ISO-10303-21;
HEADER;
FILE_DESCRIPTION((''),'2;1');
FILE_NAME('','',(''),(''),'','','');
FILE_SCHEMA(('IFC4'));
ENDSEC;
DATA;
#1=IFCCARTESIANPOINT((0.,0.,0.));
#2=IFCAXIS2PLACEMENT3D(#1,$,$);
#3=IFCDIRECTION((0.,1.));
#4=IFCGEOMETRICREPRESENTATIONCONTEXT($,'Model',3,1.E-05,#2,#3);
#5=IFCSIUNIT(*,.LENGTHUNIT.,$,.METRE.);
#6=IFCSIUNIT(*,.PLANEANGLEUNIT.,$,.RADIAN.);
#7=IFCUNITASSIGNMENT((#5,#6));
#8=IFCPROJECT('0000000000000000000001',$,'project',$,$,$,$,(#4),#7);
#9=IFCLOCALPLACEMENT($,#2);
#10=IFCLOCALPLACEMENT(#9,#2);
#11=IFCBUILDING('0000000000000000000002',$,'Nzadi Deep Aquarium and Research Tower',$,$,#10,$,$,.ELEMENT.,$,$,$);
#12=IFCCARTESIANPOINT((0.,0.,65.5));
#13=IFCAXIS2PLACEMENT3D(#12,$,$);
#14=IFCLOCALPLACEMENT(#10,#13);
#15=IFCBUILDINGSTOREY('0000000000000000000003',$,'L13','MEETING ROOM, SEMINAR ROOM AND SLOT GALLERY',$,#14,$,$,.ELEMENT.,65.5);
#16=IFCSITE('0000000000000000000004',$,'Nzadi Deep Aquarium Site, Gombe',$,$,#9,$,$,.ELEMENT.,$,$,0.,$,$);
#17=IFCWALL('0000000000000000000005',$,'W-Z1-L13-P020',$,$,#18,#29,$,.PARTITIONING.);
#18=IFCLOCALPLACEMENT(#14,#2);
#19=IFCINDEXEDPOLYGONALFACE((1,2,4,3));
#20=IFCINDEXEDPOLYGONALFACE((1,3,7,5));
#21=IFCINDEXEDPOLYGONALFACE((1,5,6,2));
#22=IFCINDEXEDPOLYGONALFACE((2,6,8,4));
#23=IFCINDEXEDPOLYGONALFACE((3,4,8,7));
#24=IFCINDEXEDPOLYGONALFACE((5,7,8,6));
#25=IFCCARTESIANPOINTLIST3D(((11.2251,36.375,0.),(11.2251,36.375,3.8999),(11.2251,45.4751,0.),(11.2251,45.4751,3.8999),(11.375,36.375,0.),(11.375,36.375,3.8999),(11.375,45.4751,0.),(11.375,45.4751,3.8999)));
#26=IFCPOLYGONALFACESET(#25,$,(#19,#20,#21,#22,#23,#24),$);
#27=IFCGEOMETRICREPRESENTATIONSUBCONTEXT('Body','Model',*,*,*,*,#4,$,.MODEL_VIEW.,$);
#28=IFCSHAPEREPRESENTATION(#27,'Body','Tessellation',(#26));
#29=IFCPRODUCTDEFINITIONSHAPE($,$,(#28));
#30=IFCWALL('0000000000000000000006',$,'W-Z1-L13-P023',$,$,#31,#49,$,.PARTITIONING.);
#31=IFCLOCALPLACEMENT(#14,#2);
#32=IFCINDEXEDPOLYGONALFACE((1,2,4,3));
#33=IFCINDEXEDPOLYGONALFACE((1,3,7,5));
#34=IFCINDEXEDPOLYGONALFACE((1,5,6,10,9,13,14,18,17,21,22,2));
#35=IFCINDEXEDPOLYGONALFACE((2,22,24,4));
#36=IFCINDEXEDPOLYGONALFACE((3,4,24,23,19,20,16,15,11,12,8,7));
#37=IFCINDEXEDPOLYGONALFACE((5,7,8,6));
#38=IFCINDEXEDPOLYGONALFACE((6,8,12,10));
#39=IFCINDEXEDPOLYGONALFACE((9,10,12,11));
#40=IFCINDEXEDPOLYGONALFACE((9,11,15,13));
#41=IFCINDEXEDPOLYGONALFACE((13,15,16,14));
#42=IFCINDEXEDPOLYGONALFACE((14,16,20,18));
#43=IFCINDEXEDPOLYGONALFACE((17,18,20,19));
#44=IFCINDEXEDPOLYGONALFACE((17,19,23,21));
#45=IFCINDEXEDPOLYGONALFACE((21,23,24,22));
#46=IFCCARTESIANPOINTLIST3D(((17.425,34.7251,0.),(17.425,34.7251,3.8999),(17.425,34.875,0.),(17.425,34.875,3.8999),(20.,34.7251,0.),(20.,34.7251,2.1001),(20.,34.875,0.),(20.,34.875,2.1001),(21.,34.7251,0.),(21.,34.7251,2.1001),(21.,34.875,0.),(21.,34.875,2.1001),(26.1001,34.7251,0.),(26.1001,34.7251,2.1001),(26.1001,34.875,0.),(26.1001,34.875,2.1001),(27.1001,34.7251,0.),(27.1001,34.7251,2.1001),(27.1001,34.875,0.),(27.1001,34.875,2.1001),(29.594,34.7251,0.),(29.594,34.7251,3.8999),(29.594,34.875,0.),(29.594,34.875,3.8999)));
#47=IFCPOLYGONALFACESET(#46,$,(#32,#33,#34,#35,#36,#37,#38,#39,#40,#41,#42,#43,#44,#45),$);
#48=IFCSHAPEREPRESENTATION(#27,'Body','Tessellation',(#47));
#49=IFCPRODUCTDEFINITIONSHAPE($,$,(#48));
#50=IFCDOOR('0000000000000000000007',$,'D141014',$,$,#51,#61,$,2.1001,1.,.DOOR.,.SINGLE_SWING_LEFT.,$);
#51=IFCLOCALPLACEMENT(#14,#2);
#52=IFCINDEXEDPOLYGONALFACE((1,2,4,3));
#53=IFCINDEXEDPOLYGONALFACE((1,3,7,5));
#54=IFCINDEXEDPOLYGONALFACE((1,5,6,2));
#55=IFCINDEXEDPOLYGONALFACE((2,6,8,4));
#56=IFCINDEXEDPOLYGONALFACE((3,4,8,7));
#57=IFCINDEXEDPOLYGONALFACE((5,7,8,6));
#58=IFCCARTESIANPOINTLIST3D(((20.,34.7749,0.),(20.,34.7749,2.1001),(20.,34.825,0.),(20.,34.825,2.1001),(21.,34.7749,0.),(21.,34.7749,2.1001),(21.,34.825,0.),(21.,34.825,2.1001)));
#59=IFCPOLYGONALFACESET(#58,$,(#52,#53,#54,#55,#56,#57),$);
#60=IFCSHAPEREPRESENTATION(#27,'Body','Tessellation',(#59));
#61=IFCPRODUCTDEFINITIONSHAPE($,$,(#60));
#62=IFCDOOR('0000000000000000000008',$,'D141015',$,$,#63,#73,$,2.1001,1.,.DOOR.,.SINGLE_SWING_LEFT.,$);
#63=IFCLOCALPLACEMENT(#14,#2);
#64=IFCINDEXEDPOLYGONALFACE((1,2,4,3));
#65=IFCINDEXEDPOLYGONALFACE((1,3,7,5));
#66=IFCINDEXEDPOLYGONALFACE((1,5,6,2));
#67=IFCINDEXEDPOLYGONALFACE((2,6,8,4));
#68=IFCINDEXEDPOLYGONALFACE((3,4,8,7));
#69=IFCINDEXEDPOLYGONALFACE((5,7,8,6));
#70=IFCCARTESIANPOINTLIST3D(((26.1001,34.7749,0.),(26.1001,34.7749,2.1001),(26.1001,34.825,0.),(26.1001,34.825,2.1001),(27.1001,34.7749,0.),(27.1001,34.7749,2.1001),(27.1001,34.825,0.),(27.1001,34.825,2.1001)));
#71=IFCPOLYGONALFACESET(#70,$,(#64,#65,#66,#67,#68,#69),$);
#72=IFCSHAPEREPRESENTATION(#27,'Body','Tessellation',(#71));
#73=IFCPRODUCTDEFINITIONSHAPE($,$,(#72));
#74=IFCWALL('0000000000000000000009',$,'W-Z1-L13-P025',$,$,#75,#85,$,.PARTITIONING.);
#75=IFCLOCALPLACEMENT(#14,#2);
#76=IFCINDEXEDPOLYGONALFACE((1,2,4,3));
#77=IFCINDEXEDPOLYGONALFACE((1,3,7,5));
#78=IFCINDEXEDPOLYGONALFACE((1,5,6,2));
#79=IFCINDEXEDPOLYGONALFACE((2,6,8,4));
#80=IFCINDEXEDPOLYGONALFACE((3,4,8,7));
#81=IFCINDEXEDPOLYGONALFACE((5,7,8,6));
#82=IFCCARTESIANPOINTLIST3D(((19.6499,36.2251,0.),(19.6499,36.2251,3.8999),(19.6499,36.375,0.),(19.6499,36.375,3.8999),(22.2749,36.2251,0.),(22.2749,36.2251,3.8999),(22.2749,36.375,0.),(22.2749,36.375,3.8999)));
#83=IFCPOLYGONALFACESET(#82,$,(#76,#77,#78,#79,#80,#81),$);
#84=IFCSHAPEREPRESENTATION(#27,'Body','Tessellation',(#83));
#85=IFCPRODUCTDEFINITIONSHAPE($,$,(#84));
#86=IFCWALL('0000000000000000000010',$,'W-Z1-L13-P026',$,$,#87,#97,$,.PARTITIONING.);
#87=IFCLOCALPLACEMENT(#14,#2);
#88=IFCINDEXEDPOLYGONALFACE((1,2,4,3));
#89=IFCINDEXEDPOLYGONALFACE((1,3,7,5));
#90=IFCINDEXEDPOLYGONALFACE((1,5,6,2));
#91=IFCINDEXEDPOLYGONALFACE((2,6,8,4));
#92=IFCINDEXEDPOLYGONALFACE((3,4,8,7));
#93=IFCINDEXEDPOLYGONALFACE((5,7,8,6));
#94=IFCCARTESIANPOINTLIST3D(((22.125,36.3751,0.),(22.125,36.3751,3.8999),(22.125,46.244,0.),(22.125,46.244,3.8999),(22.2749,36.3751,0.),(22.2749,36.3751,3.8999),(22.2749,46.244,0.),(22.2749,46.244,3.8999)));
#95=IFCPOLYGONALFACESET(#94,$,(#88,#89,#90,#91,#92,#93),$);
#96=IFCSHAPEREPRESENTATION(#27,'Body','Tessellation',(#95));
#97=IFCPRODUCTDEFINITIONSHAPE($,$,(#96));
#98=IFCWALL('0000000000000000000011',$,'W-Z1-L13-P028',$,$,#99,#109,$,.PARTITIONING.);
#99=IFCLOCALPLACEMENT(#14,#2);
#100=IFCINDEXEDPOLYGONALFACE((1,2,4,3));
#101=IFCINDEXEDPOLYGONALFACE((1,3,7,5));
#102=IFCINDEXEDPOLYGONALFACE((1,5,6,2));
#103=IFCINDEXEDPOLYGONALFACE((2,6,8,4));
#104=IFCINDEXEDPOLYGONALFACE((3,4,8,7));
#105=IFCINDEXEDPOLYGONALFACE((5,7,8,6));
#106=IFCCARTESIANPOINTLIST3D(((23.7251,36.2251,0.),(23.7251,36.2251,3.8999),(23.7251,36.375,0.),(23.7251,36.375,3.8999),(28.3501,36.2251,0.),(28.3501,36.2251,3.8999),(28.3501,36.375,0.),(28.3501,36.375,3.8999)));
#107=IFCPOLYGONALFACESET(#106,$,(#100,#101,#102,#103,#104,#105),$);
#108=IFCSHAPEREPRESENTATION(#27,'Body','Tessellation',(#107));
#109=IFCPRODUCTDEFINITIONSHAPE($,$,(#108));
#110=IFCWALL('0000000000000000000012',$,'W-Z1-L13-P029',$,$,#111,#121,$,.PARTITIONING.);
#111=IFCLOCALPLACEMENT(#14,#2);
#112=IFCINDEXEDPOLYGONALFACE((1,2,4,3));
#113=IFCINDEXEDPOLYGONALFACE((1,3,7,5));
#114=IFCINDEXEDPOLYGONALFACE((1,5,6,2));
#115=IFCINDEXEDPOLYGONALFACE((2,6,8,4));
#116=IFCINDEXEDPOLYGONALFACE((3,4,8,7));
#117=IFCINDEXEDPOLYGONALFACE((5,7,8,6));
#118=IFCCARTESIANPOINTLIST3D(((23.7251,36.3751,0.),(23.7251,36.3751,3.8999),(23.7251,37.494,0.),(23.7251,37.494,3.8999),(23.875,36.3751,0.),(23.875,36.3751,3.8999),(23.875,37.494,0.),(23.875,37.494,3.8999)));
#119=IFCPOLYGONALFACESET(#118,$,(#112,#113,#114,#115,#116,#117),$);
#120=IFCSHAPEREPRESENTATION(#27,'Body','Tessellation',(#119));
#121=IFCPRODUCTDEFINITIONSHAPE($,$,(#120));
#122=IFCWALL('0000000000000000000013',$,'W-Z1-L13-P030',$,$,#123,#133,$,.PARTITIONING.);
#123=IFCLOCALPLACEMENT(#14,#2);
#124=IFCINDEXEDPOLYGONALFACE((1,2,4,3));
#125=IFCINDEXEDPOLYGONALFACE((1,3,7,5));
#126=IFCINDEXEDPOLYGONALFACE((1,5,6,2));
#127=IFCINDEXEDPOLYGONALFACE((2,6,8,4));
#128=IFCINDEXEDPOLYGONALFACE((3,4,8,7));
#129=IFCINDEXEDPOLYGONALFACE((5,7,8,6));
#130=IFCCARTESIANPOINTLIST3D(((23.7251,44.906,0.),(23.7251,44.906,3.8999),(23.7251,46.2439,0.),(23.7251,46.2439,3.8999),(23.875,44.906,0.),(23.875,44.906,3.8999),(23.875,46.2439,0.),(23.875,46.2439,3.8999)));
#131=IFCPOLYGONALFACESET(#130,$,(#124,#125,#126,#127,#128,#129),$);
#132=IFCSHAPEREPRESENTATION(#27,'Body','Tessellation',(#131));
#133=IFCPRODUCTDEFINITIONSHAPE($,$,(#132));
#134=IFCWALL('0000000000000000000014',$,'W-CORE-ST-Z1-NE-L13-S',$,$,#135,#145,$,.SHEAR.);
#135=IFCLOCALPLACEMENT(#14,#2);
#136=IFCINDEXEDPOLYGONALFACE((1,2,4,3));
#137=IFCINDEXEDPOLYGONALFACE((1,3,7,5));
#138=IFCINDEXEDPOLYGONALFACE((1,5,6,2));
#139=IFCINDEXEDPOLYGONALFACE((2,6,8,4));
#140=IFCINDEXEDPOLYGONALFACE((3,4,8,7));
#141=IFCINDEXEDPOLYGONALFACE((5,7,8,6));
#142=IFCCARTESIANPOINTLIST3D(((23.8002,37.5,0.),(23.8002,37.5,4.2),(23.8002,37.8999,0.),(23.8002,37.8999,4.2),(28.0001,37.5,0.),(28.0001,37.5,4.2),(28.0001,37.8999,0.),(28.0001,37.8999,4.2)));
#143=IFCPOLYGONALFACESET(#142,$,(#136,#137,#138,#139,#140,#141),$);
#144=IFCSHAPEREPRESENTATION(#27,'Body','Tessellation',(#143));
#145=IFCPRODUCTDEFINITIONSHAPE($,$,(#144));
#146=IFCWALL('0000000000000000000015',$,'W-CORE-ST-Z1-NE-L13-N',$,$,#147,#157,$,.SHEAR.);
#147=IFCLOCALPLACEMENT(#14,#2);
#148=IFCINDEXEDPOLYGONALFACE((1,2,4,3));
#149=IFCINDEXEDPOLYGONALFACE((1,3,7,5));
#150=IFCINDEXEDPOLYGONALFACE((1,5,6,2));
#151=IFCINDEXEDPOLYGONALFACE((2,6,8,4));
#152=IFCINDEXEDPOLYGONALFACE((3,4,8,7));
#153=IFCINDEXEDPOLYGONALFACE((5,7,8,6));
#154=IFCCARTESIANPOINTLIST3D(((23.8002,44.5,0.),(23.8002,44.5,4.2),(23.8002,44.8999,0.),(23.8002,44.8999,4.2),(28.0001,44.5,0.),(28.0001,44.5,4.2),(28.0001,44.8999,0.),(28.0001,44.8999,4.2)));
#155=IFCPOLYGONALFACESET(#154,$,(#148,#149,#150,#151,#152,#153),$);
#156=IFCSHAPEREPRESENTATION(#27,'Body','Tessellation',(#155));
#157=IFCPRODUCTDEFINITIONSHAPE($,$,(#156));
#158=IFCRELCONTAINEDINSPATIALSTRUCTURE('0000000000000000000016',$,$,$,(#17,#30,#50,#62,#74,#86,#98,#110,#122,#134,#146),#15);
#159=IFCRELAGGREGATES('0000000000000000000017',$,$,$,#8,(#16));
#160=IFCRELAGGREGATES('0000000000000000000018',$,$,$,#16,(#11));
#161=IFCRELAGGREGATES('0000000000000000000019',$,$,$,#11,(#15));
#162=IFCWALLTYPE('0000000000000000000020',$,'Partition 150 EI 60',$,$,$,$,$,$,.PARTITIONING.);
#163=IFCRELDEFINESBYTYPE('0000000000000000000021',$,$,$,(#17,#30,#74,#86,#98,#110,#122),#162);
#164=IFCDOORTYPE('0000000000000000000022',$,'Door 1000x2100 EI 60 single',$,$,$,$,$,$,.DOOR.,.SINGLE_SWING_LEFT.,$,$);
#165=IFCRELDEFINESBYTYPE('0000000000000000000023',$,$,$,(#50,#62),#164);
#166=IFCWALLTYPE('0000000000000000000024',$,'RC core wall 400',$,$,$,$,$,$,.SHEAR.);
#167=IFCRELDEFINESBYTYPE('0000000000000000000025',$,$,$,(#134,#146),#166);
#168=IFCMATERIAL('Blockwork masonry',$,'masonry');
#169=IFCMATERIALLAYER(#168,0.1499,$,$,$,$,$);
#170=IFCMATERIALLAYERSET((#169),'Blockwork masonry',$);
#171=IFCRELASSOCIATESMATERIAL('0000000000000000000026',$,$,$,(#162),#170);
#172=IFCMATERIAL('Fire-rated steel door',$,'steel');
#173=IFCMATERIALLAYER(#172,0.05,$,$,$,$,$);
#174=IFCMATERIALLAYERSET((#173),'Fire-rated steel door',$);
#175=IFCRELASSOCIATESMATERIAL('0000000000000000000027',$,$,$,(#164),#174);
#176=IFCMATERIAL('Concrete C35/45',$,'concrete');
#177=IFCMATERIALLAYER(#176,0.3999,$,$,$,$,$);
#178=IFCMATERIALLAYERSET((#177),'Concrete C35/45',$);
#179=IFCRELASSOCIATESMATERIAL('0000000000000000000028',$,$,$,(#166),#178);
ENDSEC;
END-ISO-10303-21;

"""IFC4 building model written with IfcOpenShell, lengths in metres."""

from ifc_helpers import new_model, si_unit, direction, frame, frame_2d, origin, place, context, subcontext, project, spatial, rectangle, extrude, material, layer, layer_set, type_object, element, fill, save


model = new_model("IFC4")

# Units and contexts
model_context = context("Model", 3, precision=1e-05, world=origin(), true_north=direction((0.0, 1.0)))
body_context = subcontext(model_context, "Body", "Model", "MODEL_VIEW")
ifc_project = project(units=[si_unit("LENGTHUNIT", "METRE"), si_unit("PLANEANGLEUNIT", "RADIAN")], contexts=[model_context])

# Site, building, storey
site_placement = place(None, origin())
site = spatial("IfcSite", under=ifc_project, at=site_placement, Name="Nzadi Deep Aquarium Site, Gombe", CompositionType="ELEMENT", RefElevation=0.0)
building_placement = place(site_placement, origin())
building = spatial("IfcBuilding", under=site, at=building_placement, Name="Nzadi Deep Aquarium and Research Tower", CompositionType="ELEMENT")
storey_placement = place(building_placement, frame((0.0, 0.0, 65.5)))
storey = spatial("IfcBuildingStorey", under=building, at=storey_placement, Name="L13", Description="MEETING ROOM, SEMINAR ROOM AND SLOT GALLERY", CompositionType="ELEMENT", Elevation=65.5)

# Shared definitions
ifc_material_1 = material(Name="Blockwork masonry", Category="masonry")
ifc_layer_1 = layer(ifc_material_1, 0.1499)
ifc_layer_set_1 = layer_set([ifc_layer_1], Name="Blockwork masonry")
wall_type_1 = type_object("IfcWallType", Name="Partition 150 EI 60", PredefinedType="PARTITIONING", material=ifc_layer_set_1)

# Wall
wall_1_placement = place(storey_placement, frame((11.3, 36.375, 0.0), z_axis=(0.0, 0.0, 1.0), x_axis=(0.0, 1.0, 0.0)))
element("IfcWall", 1, at=wall_1_placement, inside=storey, type_object=wall_type_1, Name="W-Z1-L13-P020", PredefinedType="PARTITIONING", context=body_context, shape_type="SweptSolid", body=[
    extrude(rectangle(XDim=9.1001, YDim=0.1499, at=frame_2d((4.55, 0.0))), origin(), (0.0, 0.0, 1.0), 3.8999),
])

# Wall, openings, doors
wall_2_placement = place(storey_placement, frame((17.425, 34.8, 0.0), z_axis=(0.0, 0.0, 1.0), x_axis=(1.0, 0.0, 0.0)))
wall_2 = element("IfcWall", 2, at=wall_2_placement, inside=storey, type_object=wall_type_1, Name="W-Z1-L13-P023", PredefinedType="PARTITIONING", context=body_context, shape_type="SweptSolid", body=[
    extrude(rectangle(XDim=12.1689, YDim=0.1499, at=frame_2d((6.0845, 0.0))), origin(), (0.0, 0.0, 1.0), 3.8999),
])
opening_1_placement = place(wall_2_placement, frame((2.575, 0.0, 0.0)))
opening_1 = element("IfcOpeningElement", 3, at=opening_1_placement, cuts=wall_2, PredefinedType="OPENING", context=body_context, shape_type="SweptSolid", body=[
    extrude(rectangle(XDim=1.0, YDim=2.1001, at=frame_2d((0.5, 1.05))), frame((0.0, 0.085, 0.0), z_axis=(0.0, -1.0, 0.0), x_axis=(1.0, 0.0, 0.0)), (0.0, 0.0, 1.0), 0.1699),
])
opening_2_placement = place(wall_2_placement, frame((8.675, 0.0, 0.0)))
opening_2 = element("IfcOpeningElement", 4, at=opening_2_placement, cuts=wall_2, PredefinedType="OPENING", context=body_context, shape_type="SweptSolid", body=[
    extrude(rectangle(XDim=1.0, YDim=2.1001, at=frame_2d((0.5, 1.05))), frame((0.0, 0.085, 0.0), z_axis=(0.0, -1.0, 0.0), x_axis=(1.0, 0.0, 0.0)), (0.0, 0.0, 1.0), 0.1699),
])
ifc_material_2 = material(Name="Fire-rated steel door", Category="steel")
ifc_layer_2 = layer(ifc_material_2, 0.05)
ifc_layer_set_2 = layer_set([ifc_layer_2], Name="Fire-rated steel door")
door_type_1 = type_object("IfcDoorType", Name="Door 1000x2100 EI 60 single", OperationType="SINGLE_SWING_LEFT", PredefinedType="DOOR", material=ifc_layer_set_2)
door_1_placement = place(opening_1_placement, origin())
door_1 = element("IfcDoor", 5, at=door_1_placement, inside=storey, type_object=door_type_1, Name="D141014", OperationType="SINGLE_SWING_LEFT", OverallHeight=2.1001, OverallWidth=1.0, PredefinedType="DOOR", context=body_context, shape_type="SweptSolid", body=[
    extrude(rectangle(XDim=1.0, YDim=2.1001, at=frame_2d((0.5, 1.05))), frame((0.0, 0.0249, 0.0), z_axis=(0.0, -1.0, 0.0), x_axis=(1.0, 0.0, 0.0)), (0.0, 0.0, 1.0), 0.05),
])
fill(opening_1, door_1)
door_2_placement = place(opening_2_placement, origin())
door_2 = element("IfcDoor", 6, at=door_2_placement, inside=storey, type_object=door_type_1, Name="D141015", OperationType="SINGLE_SWING_LEFT", OverallHeight=2.1001, OverallWidth=1.0, PredefinedType="DOOR", context=body_context, shape_type="SweptSolid", body=[
    extrude(rectangle(XDim=1.0, YDim=2.1001, at=frame_2d((0.5, 1.05))), frame((0.0, 0.0249, 0.0), z_axis=(0.0, -1.0, 0.0), x_axis=(1.0, 0.0, 0.0)), (0.0, 0.0, 1.0), 0.05),
])
fill(opening_2, door_2)

# Walls
wall_3_placement = place(storey_placement, frame((19.6499, 36.3, 0.0), z_axis=(0.0, 0.0, 1.0), x_axis=(1.0, 0.0, 0.0)))
element("IfcWall", 7, at=wall_3_placement, inside=storey, type_object=wall_type_1, Name="W-Z1-L13-P025", PredefinedType="PARTITIONING", context=body_context, shape_type="SweptSolid", body=[
    extrude(rectangle(XDim=2.625, YDim=0.1499, at=frame_2d((1.3125, 0.0))), origin(), (0.0, 0.0, 1.0), 3.8999),
])
wall_4_placement = place(storey_placement, frame((22.2, 36.375, 0.0), z_axis=(0.0, 0.0, 1.0), x_axis=(0.0, 1.0, 0.0)))
element("IfcWall", 8, at=wall_4_placement, inside=storey, type_object=wall_type_1, Name="W-Z1-L13-P026", PredefinedType="PARTITIONING", context=body_context, shape_type="SweptSolid", body=[
    extrude(rectangle(XDim=9.8689, YDim=0.1499, at=frame_2d((4.9346, 0.0))), origin(), (0.0, 0.0, 1.0), 3.8999),
])
wall_5_placement = place(storey_placement, frame((23.7251, 36.3, 0.0), z_axis=(0.0, 0.0, 1.0), x_axis=(1.0, 0.0, 0.0)))
element("IfcWall", 9, at=wall_5_placement, inside=storey, type_object=wall_type_1, Name="W-Z1-L13-P028", PredefinedType="PARTITIONING", context=body_context, shape_type="SweptSolid", body=[
    extrude(rectangle(XDim=4.625, YDim=0.1499, at=frame_2d((2.3125, 0.0))), origin(), (0.0, 0.0, 1.0), 3.8999),
])
wall_6_placement = place(storey_placement, frame((23.8, 36.375, 0.0), z_axis=(0.0, 0.0, 1.0), x_axis=(0.0, 1.0, 0.0)))
element("IfcWall", 10, at=wall_6_placement, inside=storey, type_object=wall_type_1, Name="W-Z1-L13-P029", PredefinedType="PARTITIONING", context=body_context, shape_type="SweptSolid", body=[
    extrude(rectangle(XDim=1.1189, YDim=0.1499, at=frame_2d((0.5596, 0.0))), origin(), (0.0, 0.0, 1.0), 3.8999),
])
wall_7_placement = place(storey_placement, frame((23.8, 44.906, 0.0), z_axis=(0.0, 0.0, 1.0), x_axis=(0.0, 1.0, 0.0)))
element("IfcWall", 11, at=wall_7_placement, inside=storey, type_object=wall_type_1, Name="W-Z1-L13-P030", PredefinedType="PARTITIONING", context=body_context, shape_type="SweptSolid", body=[
    extrude(rectangle(XDim=1.3379, YDim=0.1499, at=frame_2d((0.6689, 0.0))), origin(), (0.0, 0.0, 1.0), 3.8999),
])
ifc_material_3 = material(Name="Concrete C35/45", Category="concrete")
ifc_layer_3 = layer(ifc_material_3, 0.3999)
ifc_layer_set_3 = layer_set([ifc_layer_3], Name="Concrete C35/45")
wall_type_2 = type_object("IfcWallType", Name="RC core wall 400", PredefinedType="SHEAR", material=ifc_layer_set_3)
for number, where, z_axis, x_axis, name in (
    (12, (23.8, 37.7, 0.0), (0.0, 0.0, 1.0), (1.0, 0.0, 0.0), "W-CORE-ST-Z1-NE-L13-S"),
    (13, (23.8, 44.7, 0.0), (0.0, 0.0, 1.0), (1.0, 0.0, 0.0), "W-CORE-ST-Z1-NE-L13-N"),
):
    element("IfcWall", number, at=place(storey_placement, frame(where, z_axis=z_axis, x_axis=x_axis)), inside=storey, type_object=wall_type_2, Name=name, PredefinedType="SHEAR", context=body_context, shape_type="SweptSolid", body=[
        extrude(rectangle(XDim=4.2, YDim=0.3999, at=frame_2d((2.1001, 0.0))), origin(), (0.0, 0.0, 1.0), 4.2),
    ])

save(model, "model.ifc")
